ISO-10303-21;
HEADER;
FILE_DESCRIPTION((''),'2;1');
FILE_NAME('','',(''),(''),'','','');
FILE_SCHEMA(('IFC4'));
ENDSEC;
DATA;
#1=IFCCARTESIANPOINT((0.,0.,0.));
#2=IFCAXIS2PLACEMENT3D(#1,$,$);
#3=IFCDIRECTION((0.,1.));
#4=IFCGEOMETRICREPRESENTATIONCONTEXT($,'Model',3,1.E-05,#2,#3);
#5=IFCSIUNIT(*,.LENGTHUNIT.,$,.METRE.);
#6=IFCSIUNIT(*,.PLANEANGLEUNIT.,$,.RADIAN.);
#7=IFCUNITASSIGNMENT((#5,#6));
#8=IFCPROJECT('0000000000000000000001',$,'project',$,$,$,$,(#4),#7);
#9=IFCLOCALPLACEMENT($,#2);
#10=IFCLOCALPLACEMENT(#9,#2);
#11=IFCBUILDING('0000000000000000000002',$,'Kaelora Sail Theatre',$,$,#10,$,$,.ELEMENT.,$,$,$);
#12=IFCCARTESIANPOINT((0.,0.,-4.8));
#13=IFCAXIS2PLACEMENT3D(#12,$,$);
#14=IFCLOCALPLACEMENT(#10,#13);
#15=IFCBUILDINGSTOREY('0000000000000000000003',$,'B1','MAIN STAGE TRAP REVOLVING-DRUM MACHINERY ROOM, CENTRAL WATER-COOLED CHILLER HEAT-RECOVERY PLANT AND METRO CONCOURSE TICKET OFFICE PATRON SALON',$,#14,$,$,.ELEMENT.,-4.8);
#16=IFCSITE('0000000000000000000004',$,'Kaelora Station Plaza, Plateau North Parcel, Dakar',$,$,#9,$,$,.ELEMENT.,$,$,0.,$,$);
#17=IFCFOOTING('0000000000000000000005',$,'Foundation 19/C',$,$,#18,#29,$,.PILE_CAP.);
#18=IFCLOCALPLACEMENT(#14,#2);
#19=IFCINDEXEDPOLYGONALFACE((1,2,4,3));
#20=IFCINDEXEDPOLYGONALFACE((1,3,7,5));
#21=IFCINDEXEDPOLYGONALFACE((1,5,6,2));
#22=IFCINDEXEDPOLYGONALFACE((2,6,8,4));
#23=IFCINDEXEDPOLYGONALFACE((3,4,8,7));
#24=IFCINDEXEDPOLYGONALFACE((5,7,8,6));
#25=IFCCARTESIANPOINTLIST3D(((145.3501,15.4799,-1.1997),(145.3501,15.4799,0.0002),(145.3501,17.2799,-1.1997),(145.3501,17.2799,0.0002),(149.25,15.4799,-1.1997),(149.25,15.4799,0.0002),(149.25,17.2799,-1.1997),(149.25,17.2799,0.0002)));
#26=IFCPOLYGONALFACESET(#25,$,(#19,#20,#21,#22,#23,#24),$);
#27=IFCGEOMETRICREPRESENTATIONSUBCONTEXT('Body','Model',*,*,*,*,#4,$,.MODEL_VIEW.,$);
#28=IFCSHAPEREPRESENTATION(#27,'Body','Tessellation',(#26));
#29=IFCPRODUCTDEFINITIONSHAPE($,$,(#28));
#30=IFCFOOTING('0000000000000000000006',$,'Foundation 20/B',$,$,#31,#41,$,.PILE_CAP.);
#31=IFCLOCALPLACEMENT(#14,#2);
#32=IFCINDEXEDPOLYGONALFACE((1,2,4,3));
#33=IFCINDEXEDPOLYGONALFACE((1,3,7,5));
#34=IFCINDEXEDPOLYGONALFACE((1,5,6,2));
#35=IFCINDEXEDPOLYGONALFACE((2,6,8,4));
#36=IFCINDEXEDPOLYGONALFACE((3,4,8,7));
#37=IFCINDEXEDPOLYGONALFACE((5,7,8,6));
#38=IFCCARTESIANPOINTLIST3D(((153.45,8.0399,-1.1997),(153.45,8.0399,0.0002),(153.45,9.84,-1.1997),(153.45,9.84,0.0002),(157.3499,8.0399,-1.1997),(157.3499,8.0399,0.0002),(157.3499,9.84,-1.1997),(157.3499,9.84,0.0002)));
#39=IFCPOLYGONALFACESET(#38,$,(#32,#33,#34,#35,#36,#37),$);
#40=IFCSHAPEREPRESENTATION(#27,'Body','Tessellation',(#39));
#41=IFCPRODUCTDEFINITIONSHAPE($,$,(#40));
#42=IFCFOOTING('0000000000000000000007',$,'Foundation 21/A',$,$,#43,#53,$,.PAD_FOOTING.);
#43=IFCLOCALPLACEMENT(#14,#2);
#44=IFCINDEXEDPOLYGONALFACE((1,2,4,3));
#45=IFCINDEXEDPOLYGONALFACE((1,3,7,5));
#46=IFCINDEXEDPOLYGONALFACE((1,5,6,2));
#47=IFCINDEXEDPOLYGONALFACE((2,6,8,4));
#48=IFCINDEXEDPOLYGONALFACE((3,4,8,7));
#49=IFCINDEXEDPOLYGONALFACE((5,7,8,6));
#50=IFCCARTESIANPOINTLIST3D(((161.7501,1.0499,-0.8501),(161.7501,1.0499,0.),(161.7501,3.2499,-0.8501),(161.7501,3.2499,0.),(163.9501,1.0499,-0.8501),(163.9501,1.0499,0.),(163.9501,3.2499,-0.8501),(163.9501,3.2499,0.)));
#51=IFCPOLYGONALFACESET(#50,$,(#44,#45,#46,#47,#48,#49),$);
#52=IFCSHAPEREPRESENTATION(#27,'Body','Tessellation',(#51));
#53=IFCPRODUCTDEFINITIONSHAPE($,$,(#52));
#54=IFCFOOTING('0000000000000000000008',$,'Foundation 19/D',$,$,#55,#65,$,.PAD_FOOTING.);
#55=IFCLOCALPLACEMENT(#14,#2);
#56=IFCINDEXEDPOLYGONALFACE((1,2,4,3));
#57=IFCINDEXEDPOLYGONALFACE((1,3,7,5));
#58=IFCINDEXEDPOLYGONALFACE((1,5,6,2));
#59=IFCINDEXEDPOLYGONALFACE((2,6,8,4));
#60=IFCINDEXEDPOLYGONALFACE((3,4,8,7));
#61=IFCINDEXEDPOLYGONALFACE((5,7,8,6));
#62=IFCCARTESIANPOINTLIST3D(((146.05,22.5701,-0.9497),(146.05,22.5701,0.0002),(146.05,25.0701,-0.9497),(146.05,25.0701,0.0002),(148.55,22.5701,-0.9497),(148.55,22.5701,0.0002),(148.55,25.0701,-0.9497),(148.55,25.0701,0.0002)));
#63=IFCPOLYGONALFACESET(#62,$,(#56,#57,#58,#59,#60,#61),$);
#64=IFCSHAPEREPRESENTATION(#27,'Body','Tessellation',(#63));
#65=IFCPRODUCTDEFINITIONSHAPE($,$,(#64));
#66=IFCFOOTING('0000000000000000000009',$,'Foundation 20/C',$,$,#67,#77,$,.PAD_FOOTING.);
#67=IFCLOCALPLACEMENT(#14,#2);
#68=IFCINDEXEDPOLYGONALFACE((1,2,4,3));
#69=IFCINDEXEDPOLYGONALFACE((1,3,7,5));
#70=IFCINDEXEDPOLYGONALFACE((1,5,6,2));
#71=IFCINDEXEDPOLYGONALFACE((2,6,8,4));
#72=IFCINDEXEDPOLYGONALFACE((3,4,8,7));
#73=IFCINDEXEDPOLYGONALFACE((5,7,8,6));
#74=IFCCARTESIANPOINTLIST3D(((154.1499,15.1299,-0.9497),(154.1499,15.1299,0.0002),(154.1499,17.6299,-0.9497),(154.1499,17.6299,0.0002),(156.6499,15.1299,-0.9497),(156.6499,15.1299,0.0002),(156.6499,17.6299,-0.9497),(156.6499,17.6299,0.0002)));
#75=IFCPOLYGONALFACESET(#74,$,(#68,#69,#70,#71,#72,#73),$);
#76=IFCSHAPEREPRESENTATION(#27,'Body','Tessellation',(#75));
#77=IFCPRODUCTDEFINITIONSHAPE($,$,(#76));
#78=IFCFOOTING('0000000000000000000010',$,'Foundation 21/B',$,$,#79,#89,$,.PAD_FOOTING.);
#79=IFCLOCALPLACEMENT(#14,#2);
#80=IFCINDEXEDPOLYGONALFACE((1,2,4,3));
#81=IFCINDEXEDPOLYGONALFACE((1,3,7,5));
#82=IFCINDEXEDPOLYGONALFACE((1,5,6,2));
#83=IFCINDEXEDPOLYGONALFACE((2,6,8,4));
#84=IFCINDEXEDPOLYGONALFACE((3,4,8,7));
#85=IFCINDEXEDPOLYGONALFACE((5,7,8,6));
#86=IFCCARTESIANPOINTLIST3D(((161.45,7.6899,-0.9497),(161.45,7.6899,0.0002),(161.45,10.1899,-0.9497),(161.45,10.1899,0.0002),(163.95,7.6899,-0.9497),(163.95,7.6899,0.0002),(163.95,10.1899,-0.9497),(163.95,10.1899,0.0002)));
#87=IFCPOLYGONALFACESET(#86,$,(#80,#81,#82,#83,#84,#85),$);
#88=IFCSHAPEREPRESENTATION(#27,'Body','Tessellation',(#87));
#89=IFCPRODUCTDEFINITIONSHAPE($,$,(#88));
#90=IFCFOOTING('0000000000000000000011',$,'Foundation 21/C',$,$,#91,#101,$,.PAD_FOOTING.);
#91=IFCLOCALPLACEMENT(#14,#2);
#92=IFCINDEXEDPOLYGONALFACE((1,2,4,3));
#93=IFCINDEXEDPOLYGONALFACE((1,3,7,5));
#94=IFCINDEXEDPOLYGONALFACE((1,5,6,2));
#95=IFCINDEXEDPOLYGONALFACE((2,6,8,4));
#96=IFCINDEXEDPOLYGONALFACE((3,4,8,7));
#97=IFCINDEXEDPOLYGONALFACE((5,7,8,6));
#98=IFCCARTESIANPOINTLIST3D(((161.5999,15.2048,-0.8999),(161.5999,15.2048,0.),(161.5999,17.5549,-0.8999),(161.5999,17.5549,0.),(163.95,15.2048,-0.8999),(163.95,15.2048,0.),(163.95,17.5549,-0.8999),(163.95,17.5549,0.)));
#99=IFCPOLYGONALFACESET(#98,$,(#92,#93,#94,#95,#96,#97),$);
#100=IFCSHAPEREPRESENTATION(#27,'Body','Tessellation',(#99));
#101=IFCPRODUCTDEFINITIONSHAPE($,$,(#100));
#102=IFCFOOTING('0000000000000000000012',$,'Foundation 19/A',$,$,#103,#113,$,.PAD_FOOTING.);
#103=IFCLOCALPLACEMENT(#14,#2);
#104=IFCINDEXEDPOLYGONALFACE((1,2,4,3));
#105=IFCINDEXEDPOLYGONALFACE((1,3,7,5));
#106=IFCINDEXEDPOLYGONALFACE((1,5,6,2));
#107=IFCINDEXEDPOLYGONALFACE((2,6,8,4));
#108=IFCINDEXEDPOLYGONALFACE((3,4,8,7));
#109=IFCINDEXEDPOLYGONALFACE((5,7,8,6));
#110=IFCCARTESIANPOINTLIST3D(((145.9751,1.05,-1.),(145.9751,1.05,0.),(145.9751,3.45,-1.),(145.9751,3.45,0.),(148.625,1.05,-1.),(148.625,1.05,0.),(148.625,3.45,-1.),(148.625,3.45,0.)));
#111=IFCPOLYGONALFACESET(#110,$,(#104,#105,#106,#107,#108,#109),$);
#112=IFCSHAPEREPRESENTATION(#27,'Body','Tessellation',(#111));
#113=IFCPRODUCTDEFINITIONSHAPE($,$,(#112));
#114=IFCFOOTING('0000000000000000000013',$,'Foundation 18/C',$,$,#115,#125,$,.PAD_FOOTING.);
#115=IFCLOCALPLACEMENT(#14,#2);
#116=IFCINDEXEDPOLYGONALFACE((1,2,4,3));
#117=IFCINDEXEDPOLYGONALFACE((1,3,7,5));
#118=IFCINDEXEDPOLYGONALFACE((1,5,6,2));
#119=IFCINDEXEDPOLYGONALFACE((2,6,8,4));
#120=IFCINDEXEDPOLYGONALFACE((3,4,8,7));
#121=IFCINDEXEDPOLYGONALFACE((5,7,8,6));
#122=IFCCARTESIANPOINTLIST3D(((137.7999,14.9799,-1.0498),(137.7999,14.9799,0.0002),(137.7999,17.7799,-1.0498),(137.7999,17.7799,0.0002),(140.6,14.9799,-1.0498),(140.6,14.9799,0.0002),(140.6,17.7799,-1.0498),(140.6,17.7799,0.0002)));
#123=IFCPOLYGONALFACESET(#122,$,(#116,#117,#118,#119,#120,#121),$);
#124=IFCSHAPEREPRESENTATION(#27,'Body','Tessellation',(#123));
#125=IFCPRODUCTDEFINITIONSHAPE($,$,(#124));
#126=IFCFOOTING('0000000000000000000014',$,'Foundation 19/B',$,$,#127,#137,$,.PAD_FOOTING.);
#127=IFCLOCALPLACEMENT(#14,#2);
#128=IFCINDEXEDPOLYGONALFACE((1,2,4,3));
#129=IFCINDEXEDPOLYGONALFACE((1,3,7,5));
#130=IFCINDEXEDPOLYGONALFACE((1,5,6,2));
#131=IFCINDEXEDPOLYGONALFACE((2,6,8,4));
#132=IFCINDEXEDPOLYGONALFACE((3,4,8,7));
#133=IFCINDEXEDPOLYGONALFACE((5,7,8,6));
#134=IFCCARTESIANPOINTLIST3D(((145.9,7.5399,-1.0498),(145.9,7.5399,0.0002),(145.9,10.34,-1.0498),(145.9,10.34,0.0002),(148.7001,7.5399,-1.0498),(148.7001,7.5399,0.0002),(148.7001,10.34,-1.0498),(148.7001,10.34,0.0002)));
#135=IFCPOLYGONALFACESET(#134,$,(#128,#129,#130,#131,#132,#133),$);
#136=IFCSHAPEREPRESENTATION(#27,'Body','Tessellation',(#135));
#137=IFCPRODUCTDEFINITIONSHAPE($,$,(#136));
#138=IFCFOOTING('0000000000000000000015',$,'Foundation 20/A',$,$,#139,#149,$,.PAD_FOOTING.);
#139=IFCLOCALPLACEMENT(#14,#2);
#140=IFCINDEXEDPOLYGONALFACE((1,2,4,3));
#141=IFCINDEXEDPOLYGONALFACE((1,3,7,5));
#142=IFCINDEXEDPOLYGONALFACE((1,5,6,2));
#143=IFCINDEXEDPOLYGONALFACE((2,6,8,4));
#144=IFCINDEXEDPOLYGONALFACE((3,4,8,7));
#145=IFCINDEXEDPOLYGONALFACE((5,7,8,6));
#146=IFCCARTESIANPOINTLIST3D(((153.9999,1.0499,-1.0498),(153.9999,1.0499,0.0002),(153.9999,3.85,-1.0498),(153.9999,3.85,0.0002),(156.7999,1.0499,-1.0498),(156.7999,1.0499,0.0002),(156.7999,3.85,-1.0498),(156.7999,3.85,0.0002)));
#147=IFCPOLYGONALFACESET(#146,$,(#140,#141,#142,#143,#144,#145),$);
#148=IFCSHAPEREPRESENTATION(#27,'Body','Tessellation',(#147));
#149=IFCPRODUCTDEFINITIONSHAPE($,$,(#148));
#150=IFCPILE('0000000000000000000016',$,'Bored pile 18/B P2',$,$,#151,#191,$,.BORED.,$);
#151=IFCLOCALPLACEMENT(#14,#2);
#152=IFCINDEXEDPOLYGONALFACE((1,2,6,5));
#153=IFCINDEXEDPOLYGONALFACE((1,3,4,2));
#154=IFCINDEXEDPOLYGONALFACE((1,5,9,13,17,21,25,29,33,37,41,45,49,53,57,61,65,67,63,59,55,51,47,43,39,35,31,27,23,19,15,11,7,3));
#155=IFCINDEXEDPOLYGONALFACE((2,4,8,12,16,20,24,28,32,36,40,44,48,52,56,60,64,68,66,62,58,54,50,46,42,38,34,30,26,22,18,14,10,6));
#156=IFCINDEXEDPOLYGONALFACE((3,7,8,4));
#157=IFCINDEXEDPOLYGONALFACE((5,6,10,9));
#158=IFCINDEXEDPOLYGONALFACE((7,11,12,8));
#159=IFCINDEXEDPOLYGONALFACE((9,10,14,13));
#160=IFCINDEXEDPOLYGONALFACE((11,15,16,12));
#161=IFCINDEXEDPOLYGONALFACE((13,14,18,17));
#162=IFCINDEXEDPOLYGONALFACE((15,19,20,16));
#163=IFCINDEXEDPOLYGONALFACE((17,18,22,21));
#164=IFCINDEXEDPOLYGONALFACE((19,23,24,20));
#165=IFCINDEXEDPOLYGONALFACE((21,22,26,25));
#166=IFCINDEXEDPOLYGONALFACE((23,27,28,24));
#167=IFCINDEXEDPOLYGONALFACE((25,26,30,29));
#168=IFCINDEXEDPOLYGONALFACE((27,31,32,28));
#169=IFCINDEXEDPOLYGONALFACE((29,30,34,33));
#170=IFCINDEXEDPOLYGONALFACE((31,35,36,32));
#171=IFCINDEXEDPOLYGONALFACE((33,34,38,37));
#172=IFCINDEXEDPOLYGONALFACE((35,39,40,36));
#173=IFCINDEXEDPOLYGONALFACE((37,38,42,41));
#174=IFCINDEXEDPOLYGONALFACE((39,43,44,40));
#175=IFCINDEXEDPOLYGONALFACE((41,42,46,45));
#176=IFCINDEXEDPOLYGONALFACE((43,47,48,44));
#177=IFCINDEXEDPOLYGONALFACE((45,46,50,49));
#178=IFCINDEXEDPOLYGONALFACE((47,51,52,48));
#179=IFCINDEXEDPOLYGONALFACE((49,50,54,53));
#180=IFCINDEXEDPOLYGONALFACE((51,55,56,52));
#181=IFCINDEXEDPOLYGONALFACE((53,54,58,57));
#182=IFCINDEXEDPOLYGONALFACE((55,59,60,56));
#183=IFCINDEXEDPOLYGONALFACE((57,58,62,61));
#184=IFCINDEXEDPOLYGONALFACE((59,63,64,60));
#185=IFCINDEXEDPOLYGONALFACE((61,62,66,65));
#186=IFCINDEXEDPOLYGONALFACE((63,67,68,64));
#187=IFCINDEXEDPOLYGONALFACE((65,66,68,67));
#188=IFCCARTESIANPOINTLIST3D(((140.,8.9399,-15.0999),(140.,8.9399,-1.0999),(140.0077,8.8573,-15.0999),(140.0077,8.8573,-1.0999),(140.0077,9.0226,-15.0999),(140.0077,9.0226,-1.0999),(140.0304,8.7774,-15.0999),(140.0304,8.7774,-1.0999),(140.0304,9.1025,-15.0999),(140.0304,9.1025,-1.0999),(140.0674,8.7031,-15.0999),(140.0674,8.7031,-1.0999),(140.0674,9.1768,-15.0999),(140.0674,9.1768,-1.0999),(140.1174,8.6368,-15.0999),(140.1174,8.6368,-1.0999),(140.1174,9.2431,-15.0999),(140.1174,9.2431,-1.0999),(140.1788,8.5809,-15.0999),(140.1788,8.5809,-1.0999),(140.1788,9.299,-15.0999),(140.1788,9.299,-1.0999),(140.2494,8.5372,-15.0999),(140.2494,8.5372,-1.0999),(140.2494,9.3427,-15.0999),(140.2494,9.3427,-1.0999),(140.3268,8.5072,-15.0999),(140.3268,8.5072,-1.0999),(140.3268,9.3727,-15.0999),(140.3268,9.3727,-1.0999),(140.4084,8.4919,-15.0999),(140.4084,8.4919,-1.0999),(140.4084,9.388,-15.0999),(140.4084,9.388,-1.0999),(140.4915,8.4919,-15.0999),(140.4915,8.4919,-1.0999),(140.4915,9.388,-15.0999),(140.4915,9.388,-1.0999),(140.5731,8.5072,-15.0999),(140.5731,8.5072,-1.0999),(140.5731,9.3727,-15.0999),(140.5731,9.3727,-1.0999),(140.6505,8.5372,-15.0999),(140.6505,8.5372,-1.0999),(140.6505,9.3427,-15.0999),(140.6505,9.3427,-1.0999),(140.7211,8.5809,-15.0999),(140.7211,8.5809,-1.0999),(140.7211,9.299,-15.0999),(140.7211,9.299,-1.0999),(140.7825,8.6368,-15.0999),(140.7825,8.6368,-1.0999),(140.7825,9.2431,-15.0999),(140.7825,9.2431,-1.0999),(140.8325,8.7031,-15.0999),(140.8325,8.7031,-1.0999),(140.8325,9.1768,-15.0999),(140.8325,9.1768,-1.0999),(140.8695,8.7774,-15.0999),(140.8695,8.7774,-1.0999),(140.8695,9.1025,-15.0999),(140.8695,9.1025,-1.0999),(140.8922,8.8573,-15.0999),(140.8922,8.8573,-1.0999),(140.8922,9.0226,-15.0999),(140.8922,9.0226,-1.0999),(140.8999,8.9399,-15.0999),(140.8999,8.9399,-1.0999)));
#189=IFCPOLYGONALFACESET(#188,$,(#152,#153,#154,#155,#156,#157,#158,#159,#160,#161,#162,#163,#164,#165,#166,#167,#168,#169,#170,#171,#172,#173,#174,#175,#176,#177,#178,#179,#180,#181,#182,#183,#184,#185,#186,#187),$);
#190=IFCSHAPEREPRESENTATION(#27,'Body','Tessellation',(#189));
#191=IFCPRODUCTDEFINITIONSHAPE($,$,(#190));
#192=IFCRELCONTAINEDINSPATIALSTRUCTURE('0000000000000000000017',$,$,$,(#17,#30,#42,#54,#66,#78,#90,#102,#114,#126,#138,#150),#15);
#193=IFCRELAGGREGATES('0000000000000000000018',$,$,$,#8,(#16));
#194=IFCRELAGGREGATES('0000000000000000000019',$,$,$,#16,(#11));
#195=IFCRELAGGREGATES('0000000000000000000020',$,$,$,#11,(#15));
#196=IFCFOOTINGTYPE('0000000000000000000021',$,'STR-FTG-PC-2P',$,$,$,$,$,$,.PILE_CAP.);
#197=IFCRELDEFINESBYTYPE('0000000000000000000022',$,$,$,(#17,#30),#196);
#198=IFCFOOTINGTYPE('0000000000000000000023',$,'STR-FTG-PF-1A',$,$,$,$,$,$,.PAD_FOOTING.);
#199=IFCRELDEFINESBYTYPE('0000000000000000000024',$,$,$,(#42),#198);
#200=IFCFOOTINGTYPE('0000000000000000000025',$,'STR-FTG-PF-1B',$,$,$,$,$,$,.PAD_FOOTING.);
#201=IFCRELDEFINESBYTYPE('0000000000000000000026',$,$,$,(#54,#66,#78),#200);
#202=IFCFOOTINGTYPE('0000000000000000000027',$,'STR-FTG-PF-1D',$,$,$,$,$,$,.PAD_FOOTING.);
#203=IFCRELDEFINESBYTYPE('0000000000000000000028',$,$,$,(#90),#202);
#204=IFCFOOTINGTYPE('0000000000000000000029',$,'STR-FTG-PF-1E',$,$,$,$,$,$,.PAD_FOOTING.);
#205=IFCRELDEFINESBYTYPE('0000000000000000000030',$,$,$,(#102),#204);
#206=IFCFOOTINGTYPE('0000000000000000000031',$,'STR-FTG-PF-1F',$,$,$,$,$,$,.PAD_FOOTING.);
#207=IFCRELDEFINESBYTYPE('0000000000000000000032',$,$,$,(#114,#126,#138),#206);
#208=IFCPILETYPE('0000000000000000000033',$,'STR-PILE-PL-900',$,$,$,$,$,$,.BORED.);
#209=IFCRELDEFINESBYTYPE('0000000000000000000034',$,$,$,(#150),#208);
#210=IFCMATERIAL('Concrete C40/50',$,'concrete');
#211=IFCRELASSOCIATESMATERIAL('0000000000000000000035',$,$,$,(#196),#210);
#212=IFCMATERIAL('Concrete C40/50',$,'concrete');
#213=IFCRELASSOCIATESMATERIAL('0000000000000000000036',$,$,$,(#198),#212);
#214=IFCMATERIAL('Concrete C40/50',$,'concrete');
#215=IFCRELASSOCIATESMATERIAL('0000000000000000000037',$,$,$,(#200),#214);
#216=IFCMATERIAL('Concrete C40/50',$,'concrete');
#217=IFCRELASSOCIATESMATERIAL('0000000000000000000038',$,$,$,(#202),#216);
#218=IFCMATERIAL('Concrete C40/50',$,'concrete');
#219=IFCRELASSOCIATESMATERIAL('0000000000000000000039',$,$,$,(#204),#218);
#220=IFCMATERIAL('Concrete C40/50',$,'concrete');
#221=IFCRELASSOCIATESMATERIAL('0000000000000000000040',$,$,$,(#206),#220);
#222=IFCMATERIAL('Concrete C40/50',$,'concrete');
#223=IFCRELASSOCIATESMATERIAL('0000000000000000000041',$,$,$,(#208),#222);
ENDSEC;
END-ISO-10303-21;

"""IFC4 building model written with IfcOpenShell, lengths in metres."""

from ifc_helpers import new_model, si_unit, direction, frame, origin, origin_2d, place, context, subcontext, project, spatial, rectangle, circle, extrude, material, material_profile, profile_set, type_object, element, save


model = new_model("IFC4")

# Units and contexts
model_context = context("Model", 3, precision=1e-05, world=origin(), true_north=direction((0.0, 1.0)))
body_context = subcontext(model_context, "Body", "Model", "MODEL_VIEW")
ifc_project = project(units=[si_unit("LENGTHUNIT", "METRE"), si_unit("PLANEANGLEUNIT", "RADIAN")], contexts=[model_context])

# Site, building, storey
site_placement = place(None, origin())
site = spatial("IfcSite", under=ifc_project, at=site_placement, Name="Kaelora Station Plaza, Plateau North Parcel, Dakar", CompositionType="ELEMENT", RefElevation=0.0)
building_placement = place(site_placement, origin())
building = spatial("IfcBuilding", under=site, at=building_placement, Name="Kaelora Sail Theatre", CompositionType="ELEMENT")
storey_placement = place(building_placement, frame((0.0, 0.0, -4.8)))
storey = spatial("IfcBuildingStorey", under=building, at=storey_placement, Name="B1", Description="MAIN STAGE TRAP REVOLVING-DRUM MACHINERY ROOM, CENTRAL WATER-COOLED CHILLER HEAT-RECOVERY PLANT AND METRO CONCOURSE TICKET OFFICE PATRON SALON", CompositionType="ELEMENT", Elevation=-4.8)

# Footings
ifc_material_1 = material(Name="Concrete C40/50", Category="concrete")
footing_type_1 = type_object("IfcFootingType", Name="STR-FTG-PC-2P", PredefinedType="PILE_CAP", material=ifc_material_1)
for number, where, z_axis, x_axis, name in (
    (1, (147.3, 16.3799, -1.1997), (0.0, 0.0, 1.0), (1.0, 0.0, 0.0), "Foundation 19/C"),
    (2, (155.3999, 8.9399, -1.1997), (0.0, 0.0, 1.0), (1.0, 0.0, 0.0), "Foundation 20/B"),
):
    element("IfcFooting", number, at=place(storey_placement, frame(where, z_axis=z_axis, x_axis=x_axis)), inside=storey, type_object=footing_type_1, Name=name, PredefinedType="PILE_CAP", context=body_context, shape_type="SweptSolid", body=[
        extrude(rectangle(XDim=3.8999, YDim=1.8, at=origin_2d()), origin(), (0.0, 0.0, 1.0), 1.2),
    ])
ifc_material_2 = material(Name="Concrete C40/50", Category="concrete")
footing_type_2 = type_object("IfcFootingType", Name="STR-FTG-PF-1A", PredefinedType="PAD_FOOTING", material=ifc_material_2)
footing_1_placement = place(storey_placement, frame((162.8501, 2.1499, -0.8501), z_axis=(0.0, 0.0, 1.0), x_axis=(1.0, 0.0, 0.0)))
element("IfcFooting", 3, at=footing_1_placement, inside=storey, type_object=footing_type_2, Name="Foundation 21/A", PredefinedType="PAD_FOOTING", context=body_context, shape_type="SweptSolid", body=[
    extrude(rectangle(XDim=2.2, YDim=2.2, at=origin_2d()), origin(), (0.0, 0.0, 1.0), 0.8501),
])
ifc_material_3 = material(Name="Concrete C40/50", Category="concrete")
footing_type_3 = type_object("IfcFootingType", Name="STR-FTG-PF-1B", PredefinedType="PAD_FOOTING", material=ifc_material_3)
for number, where, z_axis, x_axis, name in (
    (4, (147.3, 23.8201, -0.9497), (0.0, 0.0, 1.0), (1.0, 0.0, 0.0), "Foundation 19/D"),
    (5, (155.3999, 16.3799, -0.9497), (0.0, 0.0, 1.0), (1.0, 0.0, 0.0), "Foundation 20/C"),
    (6, (162.7, 8.9399, -0.9497), (0.0, 0.0, 1.0), (1.0, 0.0, 0.0), "Foundation 21/B"),
):
    element("IfcFooting", number, at=place(storey_placement, frame(where, z_axis=z_axis, x_axis=x_axis)), inside=storey, type_object=footing_type_3, Name=name, PredefinedType="PAD_FOOTING", context=body_context, shape_type="SweptSolid", body=[
        extrude(rectangle(XDim=2.5, YDim=2.5, at=origin_2d()), origin(), (0.0, 0.0, 1.0), 0.95),
    ])
ifc_material_4 = material(Name="Concrete C40/50", Category="concrete")
footing_type_4 = type_object("IfcFootingType", Name="STR-FTG-PF-1D", PredefinedType="PAD_FOOTING", material=ifc_material_4)
footing_2_placement = place(storey_placement, frame((162.7749, 16.3799, -0.8999), z_axis=(0.0, 0.0, 1.0), x_axis=(1.0, 0.0, 0.0)))
element("IfcFooting", 7, at=footing_2_placement, inside=storey, type_object=footing_type_4, Name="Foundation 21/C", PredefinedType="PAD_FOOTING", context=body_context, shape_type="SweptSolid", body=[
    extrude(rectangle(XDim=2.3501, YDim=2.3501, at=origin_2d()), origin(), (0.0, 0.0, 1.0), 0.8999),
])
ifc_material_5 = material(Name="Concrete C40/50", Category="concrete")
footing_type_5 = type_object("IfcFootingType", Name="STR-FTG-PF-1E", PredefinedType="PAD_FOOTING", material=ifc_material_5)
footing_3_placement = place(storey_placement, frame((147.3, 2.25, -1.0), z_axis=(0.0, 0.0, 1.0), x_axis=(1.0, 0.0, 0.0)))
element("IfcFooting", 8, at=footing_3_placement, inside=storey, type_object=footing_type_5, Name="Foundation 19/A", PredefinedType="PAD_FOOTING", context=body_context, shape_type="SweptSolid", body=[
    extrude(rectangle(XDim=2.6499, YDim=2.3999, at=origin_2d()), origin(), (0.0, 0.0, 1.0), 1.0),
])
ifc_material_6 = material(Name="Concrete C40/50", Category="concrete")
footing_type_6 = type_object("IfcFootingType", Name="STR-FTG-PF-1F", PredefinedType="PAD_FOOTING", material=ifc_material_6)
for number, where, z_axis, x_axis, name in (
    (9, (139.2, 16.3799, -1.0498), (0.0, 0.0, 1.0), (1.0, 0.0, 0.0), "Foundation 18/C"),
    (10, (147.3, 8.9399, -1.0498), (0.0, 0.0, 1.0), (1.0, 0.0, 0.0), "Foundation 19/B"),
    (11, (155.3999, 2.45, -1.0498), (0.0, 0.0, 1.0), (1.0, 0.0, 0.0), "Foundation 20/A"),
):
    element("IfcFooting", number, at=place(storey_placement, frame(where, z_axis=z_axis, x_axis=x_axis)), inside=storey, type_object=footing_type_6, Name=name, PredefinedType="PAD_FOOTING", context=body_context, shape_type="SweptSolid", body=[
        extrude(rectangle(XDim=2.8, YDim=2.8, at=origin_2d()), origin(), (0.0, 0.0, 1.0), 1.05),
    ])

# Pile
ifc_material_7 = material(Name="Concrete C40/50", Category="concrete")
ifc_material_profile_1 = material_profile(ifc_material_7, circle(Radius=0.45, at=origin_2d()), Name="PILE D900")
ifc_profile_set_1 = profile_set([ifc_material_profile_1], Name="Concrete C40/50")
pile_type = type_object("IfcPileType", Name="STR-PILE-PL-900", PredefinedType="BORED", material=ifc_profile_set_1)
for number, where, z_axis, x_axis, name in (
    (12, (140.45, 8.9399, -1.0999), (0.0, 0.0, -1.0), (1.0, 0.0, 0.0), "Bored pile 18/B P2"),
):
    element("IfcPile", number, at=place(storey_placement, frame(where, z_axis=z_axis, x_axis=x_axis)), inside=storey, type_object=pile_type, Name=name, PredefinedType="BORED", context=body_context, shape_type="SweptSolid", body=[
        extrude(circle(Radius=0.45, at=origin_2d()), origin(), (0.0, 0.0, 1.0), 14.0),
    ])

save(model, "model.ifc")
